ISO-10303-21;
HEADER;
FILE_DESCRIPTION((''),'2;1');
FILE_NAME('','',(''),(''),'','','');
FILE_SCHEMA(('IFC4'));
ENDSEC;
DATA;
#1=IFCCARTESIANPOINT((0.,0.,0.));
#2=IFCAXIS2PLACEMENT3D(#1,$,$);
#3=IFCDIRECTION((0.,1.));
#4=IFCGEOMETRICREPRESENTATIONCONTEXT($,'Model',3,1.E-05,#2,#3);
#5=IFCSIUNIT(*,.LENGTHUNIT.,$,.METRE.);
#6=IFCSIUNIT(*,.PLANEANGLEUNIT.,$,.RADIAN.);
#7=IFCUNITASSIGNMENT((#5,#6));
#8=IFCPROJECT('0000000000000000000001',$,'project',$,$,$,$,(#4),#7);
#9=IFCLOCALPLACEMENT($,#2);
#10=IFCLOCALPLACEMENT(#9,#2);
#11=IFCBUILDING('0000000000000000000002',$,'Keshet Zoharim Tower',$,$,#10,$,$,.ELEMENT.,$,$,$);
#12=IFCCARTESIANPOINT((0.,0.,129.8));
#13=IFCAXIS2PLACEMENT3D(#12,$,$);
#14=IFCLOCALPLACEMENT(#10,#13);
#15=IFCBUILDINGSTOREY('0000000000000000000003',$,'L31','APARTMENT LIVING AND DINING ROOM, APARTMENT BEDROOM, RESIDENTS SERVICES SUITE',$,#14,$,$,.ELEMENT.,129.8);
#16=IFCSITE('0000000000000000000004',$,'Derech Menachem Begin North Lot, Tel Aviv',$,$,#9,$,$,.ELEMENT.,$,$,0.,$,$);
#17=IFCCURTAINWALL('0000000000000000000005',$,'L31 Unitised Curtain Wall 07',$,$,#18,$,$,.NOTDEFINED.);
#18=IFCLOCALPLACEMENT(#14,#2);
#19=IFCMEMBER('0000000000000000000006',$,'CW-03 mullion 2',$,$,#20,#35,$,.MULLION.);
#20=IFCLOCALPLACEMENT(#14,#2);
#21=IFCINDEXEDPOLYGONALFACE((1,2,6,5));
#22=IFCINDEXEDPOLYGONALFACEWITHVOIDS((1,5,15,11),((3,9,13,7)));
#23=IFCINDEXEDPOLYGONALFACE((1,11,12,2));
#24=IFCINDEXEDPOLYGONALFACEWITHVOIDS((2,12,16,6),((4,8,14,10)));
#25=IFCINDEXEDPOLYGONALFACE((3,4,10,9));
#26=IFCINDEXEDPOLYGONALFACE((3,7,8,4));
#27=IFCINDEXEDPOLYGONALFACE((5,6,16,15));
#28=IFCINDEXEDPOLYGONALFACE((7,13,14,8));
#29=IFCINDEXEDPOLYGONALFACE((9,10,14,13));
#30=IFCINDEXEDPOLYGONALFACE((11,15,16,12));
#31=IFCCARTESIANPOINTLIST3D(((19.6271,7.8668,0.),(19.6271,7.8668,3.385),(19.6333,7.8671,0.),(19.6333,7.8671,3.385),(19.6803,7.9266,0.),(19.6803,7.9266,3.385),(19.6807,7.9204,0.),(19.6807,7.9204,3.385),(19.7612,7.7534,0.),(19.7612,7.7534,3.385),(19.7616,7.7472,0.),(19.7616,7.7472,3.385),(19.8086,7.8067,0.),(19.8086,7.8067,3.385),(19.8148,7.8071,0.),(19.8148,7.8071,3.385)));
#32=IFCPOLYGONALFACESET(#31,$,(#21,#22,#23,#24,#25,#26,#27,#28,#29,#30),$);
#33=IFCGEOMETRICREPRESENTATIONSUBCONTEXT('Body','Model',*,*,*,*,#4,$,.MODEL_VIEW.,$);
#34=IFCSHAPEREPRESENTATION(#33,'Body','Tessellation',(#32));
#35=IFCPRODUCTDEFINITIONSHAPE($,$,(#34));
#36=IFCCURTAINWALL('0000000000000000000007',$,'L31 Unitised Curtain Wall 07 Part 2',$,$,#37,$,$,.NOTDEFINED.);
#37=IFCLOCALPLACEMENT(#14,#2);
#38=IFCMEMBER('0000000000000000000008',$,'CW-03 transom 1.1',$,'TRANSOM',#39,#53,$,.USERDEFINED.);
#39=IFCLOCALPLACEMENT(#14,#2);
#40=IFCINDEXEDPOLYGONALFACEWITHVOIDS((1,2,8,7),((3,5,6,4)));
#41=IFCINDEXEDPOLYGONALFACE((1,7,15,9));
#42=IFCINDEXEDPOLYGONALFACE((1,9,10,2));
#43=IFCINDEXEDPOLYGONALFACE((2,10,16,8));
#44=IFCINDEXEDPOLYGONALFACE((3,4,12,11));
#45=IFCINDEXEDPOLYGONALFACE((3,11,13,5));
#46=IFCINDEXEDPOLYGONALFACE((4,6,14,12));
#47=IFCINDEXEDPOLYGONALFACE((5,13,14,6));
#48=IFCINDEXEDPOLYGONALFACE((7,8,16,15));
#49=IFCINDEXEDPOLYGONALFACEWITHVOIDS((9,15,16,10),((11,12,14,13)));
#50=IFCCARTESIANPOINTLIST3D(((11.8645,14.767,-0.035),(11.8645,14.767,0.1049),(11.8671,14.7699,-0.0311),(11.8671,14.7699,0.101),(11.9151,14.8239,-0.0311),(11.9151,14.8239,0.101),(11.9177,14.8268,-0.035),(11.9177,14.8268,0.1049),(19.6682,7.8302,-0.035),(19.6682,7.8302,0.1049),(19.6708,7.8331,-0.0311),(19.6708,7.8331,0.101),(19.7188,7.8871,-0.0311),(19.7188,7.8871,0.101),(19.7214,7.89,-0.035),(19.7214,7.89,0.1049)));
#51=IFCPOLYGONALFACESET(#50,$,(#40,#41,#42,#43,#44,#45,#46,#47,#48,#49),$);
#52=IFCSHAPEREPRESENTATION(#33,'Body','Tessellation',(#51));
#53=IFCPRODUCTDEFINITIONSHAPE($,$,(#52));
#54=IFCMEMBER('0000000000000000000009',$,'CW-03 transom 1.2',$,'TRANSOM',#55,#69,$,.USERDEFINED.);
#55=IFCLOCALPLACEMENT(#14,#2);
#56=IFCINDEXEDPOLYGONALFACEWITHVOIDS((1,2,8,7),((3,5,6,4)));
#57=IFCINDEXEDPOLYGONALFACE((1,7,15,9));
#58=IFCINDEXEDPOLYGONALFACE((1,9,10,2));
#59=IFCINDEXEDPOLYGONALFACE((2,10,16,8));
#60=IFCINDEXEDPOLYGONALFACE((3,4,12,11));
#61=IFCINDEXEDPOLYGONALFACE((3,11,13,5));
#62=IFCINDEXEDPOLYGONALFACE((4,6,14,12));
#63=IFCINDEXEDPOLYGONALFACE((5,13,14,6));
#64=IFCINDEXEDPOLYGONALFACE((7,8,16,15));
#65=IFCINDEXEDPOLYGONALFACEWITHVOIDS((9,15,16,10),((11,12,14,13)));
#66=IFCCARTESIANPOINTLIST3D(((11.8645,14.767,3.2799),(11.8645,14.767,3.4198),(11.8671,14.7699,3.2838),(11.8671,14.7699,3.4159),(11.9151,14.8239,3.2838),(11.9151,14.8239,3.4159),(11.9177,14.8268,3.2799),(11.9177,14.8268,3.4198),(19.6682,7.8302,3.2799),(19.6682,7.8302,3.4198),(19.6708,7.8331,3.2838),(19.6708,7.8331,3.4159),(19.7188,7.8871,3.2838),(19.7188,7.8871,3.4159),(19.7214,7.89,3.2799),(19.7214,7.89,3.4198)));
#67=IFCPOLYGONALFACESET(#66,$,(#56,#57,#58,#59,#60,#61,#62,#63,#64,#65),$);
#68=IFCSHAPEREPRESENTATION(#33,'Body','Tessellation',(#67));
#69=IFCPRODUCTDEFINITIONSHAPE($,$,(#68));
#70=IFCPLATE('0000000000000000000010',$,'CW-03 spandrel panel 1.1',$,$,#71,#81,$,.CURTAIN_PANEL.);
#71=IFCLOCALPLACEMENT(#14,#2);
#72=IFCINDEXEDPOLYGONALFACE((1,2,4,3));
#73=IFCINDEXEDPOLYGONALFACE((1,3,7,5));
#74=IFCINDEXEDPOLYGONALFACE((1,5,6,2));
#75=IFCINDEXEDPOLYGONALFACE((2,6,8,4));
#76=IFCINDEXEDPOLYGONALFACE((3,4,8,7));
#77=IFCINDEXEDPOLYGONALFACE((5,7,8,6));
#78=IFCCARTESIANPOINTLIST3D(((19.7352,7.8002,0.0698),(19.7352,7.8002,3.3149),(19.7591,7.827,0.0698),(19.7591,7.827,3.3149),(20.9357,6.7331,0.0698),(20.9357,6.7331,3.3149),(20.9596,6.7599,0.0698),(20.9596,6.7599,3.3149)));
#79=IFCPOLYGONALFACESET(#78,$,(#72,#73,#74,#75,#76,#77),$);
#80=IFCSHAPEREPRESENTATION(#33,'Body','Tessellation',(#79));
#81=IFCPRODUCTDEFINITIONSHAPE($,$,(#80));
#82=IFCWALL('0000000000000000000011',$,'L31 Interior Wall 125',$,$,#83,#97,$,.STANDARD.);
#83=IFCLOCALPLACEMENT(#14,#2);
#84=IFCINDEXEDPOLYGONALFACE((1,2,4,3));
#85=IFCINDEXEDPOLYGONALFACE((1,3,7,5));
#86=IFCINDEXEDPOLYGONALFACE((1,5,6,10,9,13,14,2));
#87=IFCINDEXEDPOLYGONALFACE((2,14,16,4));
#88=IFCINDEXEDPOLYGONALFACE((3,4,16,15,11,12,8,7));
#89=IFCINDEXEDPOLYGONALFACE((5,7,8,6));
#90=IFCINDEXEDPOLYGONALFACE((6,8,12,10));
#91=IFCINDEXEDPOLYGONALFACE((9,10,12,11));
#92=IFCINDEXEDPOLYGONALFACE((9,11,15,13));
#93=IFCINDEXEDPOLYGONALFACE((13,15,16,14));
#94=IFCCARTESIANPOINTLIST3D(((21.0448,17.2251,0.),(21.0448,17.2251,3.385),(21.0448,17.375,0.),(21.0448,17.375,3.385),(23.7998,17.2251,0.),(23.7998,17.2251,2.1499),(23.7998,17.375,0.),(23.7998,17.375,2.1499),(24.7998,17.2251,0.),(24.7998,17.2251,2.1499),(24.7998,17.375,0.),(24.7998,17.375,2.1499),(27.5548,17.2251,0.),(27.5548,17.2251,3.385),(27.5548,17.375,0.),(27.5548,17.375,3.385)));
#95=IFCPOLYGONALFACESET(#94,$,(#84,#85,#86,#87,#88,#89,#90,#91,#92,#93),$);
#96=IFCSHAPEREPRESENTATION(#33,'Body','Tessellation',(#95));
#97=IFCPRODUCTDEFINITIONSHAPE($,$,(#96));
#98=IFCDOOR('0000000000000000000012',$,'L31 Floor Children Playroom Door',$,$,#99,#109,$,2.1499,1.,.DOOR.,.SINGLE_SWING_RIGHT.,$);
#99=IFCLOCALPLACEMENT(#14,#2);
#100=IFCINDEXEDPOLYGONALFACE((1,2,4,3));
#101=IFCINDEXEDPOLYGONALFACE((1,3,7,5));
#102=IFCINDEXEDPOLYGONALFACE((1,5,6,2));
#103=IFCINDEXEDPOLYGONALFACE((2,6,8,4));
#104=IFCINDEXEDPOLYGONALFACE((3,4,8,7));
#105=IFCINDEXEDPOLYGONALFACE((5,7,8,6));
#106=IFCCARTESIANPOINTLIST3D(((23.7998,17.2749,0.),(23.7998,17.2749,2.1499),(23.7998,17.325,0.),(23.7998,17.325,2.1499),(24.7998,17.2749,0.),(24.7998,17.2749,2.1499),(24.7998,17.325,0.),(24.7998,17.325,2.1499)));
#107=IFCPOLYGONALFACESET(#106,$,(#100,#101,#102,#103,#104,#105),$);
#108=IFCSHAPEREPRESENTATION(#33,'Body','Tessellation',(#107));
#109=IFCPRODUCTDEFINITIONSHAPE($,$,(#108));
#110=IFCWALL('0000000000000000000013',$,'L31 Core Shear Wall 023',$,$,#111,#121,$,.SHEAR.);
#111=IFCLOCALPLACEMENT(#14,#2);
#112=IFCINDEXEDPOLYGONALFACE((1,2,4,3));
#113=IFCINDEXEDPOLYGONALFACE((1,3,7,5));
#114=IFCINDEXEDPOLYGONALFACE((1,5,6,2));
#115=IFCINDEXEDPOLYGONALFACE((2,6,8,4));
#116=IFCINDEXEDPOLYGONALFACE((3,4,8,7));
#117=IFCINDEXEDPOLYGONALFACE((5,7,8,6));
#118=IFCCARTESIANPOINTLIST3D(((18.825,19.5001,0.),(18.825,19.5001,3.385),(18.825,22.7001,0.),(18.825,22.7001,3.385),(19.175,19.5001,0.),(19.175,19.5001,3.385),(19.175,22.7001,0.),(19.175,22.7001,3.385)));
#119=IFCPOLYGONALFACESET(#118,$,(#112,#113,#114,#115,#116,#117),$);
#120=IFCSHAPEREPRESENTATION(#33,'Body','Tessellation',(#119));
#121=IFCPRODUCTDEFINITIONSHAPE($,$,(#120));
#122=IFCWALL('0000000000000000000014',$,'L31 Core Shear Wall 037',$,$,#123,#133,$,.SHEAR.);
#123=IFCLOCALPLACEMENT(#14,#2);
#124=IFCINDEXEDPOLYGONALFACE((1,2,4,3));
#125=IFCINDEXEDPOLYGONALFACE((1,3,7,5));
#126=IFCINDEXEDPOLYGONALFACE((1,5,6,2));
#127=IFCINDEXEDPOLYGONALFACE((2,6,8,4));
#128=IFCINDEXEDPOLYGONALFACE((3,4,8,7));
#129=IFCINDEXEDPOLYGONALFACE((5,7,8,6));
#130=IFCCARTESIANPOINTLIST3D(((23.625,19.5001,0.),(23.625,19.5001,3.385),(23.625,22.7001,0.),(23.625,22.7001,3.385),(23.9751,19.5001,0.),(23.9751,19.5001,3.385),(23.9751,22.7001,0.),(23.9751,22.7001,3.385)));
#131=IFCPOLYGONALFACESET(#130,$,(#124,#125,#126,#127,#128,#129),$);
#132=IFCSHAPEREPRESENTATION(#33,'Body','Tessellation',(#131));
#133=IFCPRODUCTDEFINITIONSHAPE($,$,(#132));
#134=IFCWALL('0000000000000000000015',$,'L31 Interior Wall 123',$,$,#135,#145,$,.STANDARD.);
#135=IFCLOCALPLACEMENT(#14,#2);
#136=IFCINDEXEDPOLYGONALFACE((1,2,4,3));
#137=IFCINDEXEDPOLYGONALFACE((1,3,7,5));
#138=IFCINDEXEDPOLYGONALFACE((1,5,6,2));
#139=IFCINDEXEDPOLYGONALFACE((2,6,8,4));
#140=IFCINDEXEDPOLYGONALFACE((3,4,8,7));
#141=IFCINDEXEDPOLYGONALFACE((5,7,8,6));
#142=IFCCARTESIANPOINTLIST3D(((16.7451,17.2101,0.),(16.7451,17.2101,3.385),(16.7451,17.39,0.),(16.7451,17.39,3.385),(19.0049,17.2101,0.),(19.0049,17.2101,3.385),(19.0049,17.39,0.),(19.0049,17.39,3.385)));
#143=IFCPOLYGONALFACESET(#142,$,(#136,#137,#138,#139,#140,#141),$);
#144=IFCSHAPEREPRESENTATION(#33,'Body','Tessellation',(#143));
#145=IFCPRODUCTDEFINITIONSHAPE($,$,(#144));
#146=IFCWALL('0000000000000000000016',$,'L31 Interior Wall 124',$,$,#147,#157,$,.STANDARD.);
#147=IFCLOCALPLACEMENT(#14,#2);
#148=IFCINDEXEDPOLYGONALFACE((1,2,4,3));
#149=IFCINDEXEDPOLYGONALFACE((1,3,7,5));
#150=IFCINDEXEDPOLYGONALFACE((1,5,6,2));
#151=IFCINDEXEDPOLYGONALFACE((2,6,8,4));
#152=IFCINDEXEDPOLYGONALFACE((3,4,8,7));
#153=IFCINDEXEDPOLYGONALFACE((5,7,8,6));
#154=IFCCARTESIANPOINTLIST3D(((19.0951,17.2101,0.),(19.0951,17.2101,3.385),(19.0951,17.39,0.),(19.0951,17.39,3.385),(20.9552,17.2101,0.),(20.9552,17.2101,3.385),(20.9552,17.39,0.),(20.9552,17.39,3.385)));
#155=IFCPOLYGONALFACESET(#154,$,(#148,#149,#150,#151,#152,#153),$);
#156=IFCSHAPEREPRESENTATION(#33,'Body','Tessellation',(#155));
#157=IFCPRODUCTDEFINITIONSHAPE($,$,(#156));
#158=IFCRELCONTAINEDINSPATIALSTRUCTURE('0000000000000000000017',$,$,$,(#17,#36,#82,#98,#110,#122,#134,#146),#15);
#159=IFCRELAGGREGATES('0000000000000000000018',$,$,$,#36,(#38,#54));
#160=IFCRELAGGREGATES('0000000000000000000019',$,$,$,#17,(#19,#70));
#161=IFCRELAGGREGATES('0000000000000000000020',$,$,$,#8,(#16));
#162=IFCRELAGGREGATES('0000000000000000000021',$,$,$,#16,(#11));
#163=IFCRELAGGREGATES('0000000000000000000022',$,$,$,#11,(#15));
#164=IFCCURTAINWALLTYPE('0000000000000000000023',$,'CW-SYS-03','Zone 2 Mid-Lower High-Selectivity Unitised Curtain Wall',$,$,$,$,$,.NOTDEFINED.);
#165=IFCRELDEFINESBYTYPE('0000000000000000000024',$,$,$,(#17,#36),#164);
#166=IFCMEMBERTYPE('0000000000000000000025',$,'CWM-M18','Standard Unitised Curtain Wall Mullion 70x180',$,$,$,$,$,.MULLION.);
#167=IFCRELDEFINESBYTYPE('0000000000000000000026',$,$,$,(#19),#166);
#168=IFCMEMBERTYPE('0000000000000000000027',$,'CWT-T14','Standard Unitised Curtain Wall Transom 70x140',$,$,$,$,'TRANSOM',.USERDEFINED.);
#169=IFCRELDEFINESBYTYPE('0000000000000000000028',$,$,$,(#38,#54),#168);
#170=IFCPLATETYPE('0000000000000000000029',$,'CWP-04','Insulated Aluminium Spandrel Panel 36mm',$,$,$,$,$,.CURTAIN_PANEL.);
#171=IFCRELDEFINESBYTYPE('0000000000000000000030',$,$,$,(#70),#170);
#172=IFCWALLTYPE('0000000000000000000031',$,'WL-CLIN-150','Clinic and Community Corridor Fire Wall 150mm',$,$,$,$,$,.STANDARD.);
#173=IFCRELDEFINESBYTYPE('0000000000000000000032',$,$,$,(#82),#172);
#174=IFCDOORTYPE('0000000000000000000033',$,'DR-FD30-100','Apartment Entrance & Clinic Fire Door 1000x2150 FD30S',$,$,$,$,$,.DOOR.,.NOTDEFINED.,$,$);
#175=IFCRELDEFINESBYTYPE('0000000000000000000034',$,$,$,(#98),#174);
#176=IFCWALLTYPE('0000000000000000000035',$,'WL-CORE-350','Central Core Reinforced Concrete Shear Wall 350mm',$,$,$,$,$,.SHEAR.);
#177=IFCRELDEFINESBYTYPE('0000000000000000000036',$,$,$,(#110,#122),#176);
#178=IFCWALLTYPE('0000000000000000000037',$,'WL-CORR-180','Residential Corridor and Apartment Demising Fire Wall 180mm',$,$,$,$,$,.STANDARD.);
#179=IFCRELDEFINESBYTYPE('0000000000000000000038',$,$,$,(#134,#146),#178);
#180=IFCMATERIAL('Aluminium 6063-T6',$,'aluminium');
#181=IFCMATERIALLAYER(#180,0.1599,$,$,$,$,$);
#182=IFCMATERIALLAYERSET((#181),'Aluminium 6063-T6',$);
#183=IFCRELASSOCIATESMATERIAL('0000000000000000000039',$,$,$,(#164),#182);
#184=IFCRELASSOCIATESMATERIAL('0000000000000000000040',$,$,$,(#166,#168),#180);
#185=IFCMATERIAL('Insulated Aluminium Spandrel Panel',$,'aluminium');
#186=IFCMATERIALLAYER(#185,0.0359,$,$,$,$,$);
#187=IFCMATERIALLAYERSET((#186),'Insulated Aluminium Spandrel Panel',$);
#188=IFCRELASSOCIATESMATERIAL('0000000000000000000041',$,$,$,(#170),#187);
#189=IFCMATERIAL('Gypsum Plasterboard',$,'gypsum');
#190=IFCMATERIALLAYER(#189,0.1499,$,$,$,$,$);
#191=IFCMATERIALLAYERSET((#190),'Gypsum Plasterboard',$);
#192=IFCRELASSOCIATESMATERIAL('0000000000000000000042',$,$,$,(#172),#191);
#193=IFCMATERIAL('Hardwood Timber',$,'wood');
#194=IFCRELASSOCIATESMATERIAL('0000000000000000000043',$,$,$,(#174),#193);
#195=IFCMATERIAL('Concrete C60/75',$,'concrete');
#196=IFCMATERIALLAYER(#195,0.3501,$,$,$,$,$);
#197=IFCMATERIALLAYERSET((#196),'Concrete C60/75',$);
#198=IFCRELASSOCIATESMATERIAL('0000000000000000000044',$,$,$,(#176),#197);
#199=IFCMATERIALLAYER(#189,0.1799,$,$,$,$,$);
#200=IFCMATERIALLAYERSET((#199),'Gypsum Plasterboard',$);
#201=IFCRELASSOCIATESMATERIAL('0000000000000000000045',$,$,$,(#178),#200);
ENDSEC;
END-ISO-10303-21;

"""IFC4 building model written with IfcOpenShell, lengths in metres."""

from ifc_helpers import new_model, si_unit, direction, frame, frame_2d, origin, origin_2d, place, context, subcontext, project, spatial, rectangle, hollow_rectangle, extrude, material, layer, layer_set, material_profile, profile_set, type_object, element, fill, aggregate, save


model = new_model("IFC4")

# Units and contexts
model_context = context("Model", 3, precision=1e-05, world=origin(), true_north=direction((0.0, 1.0)))
body_context = subcontext(model_context, "Body", "Model", "MODEL_VIEW")
ifc_project = project(units=[si_unit("LENGTHUNIT", "METRE"), si_unit("PLANEANGLEUNIT", "RADIAN")], contexts=[model_context])

# Site, building, storey
site_placement = place(None, origin())
site = spatial("IfcSite", under=ifc_project, at=site_placement, Name="Derech Menachem Begin North Lot, Tel Aviv", CompositionType="ELEMENT", RefElevation=0.0)
building_placement = place(site_placement, origin())
building = spatial("IfcBuilding", under=site, at=building_placement, Name="Keshet Zoharim Tower", CompositionType="ELEMENT")
storey_placement = place(building_placement, frame((0.0, 0.0, 129.8)))
storey = spatial("IfcBuildingStorey", under=building, at=storey_placement, Name="L31", Description="APARTMENT LIVING AND DINING ROOM, APARTMENT BEDROOM, RESIDENTS SERVICES SUITE", CompositionType="ELEMENT", Elevation=129.8)

# Curtain wall, member
ifc_material_1 = material(Name="Aluminium 6063-T6", Category="aluminium")
ifc_layer_1 = layer(ifc_material_1, 0.1599)
ifc_layer_set_1 = layer_set([ifc_layer_1], Name="Aluminium 6063-T6")
curtain_wall_type = type_object("IfcCurtainWallType", Name="CW-SYS-03", Description="Zone 2 Mid-Lower High-Selectivity Unitised Curtain Wall", PredefinedType="NOTDEFINED", material=ifc_layer_set_1)
curtain_wall_1_placement = place(storey_placement, origin())
curtain_wall_1 = element("IfcCurtainWall", 1, at=curtain_wall_1_placement, inside=storey, type_object=curtain_wall_type, Name="L31 Unitised Curtain Wall 07", PredefinedType="NOTDEFINED")
ifc_material_profile_1 = material_profile(ifc_material_1, hollow_rectangle(XDim=0.0801, YDim=0.1799, WallThickness=0.0044, at=origin_2d()), Name="MUL-80x180")
ifc_profile_set_1 = profile_set([ifc_material_profile_1], Name="Aluminium 6063-T6")
member_type_1 = type_object("IfcMemberType", Name="CWM-M18", Description="Standard Unitised Curtain Wall Mullion 70x180", PredefinedType="MULLION", material=ifc_profile_set_1)
member_1_placement = place(storey_placement, frame((19.7209, 7.8369, 0.0), z_axis=(0.0, 0.0, 1.0), x_axis=(-0.664367, -0.747406, 0.0)))
member_1 = element("IfcMember", 2, at=member_1_placement, type_object=member_type_1, Name="CW-03 mullion 2", PredefinedType="MULLION", context=body_context, shape_type="SweptSolid", body=[
    extrude(hollow_rectangle(XDim=0.0801, YDim=0.1799, WallThickness=0.0044, at=origin_2d()), origin(), (0.0, 0.0, 1.0), 3.385),
])

# Curtain wall, members
curtain_wall_2_placement = place(storey_placement, origin())
curtain_wall_2 = element("IfcCurtainWall", 3, at=curtain_wall_2_placement, inside=storey, type_object=curtain_wall_type, Name="L31 Unitised Curtain Wall 07 Part 2", PredefinedType="NOTDEFINED")
ifc_material_profile_2 = material_profile(ifc_material_1, hollow_rectangle(XDim=0.0801, YDim=0.1399, WallThickness=0.0039, at=origin_2d()), Name="TRN-80x140")
ifc_profile_set_2 = profile_set([ifc_material_profile_2], Name="Aluminium 6063-T6")
member_type_2 = type_object("IfcMemberType", Name="CWT-T14", Description="Standard Unitised Curtain Wall Transom 70x140", ElementType="TRANSOM", PredefinedType="USERDEFINED", material=ifc_profile_set_2)
member_2_placement = place(storey_placement, frame((19.6948, 7.8601, 0.0349), z_axis=(-0.747403, 0.664371, 0.0), x_axis=(-0.664371, -0.747403, 0.0)))
member_2 = element("IfcMember", 4, at=member_2_placement, type_object=member_type_2, Name="CW-03 transom 1.1", ObjectType="TRANSOM", PredefinedType="USERDEFINED", context=body_context, shape_type="SweptSolid", body=[
    extrude(hollow_rectangle(XDim=0.0801, YDim=0.1399, WallThickness=0.0039, at=origin_2d()), origin(), (0.0, 0.0, 1.0), 10.4412),
])
member_3_placement = place(storey_placement, frame((19.6948, 7.8601, 3.3499), z_axis=(-0.747403, 0.664371, 0.0), x_axis=(-0.664371, -0.747403, 0.0)))
member_3 = element("IfcMember", 5, at=member_3_placement, type_object=member_type_2, Name="CW-03 transom 1.2", ObjectType="TRANSOM", PredefinedType="USERDEFINED", context=body_context, shape_type="SweptSolid", body=[
    extrude(hollow_rectangle(XDim=0.0801, YDim=0.1399, WallThickness=0.0039, at=origin_2d()), origin(), (0.0, 0.0, 1.0), 10.4412),
])
aggregate(curtain_wall_2, [member_2, member_3])

# Plate
ifc_material_2 = material(Name="Insulated Aluminium Spandrel Panel", Category="aluminium")
ifc_layer_2 = layer(ifc_material_2, 0.0359)
ifc_layer_set_2 = layer_set([ifc_layer_2], Name="Insulated Aluminium Spandrel Panel")
plate_type = type_object("IfcPlateType", Name="CWP-04", Description="Insulated Aluminium Spandrel Panel 36mm", PredefinedType="CURTAIN_PANEL", material=ifc_layer_set_2)
plate_placement = place(storey_placement, frame((20.3474, 7.28, 0.0698), z_axis=(0.0, 0.0, 1.0), x_axis=(-0.747406, 0.664367, 0.0)))
plate = element("IfcPlate", 6, at=plate_placement, type_object=plate_type, Name="CW-03 spandrel panel 1.1", PredefinedType="CURTAIN_PANEL", context=body_context, shape_type="SweptSolid", body=[
    extrude(rectangle(XDim=1.6062, YDim=0.0359, at=origin_2d()), origin(), (0.0, 0.0, 1.0), 3.2451),
])
aggregate(curtain_wall_1, [member_1, plate])

# Wall, opening, door
ifc_material_3 = material(Name="Gypsum Plasterboard", Category="gypsum")
ifc_layer_3 = layer(ifc_material_3, 0.1499)
ifc_layer_set_3 = layer_set([ifc_layer_3], Name="Gypsum Plasterboard")
wall_type_1 = type_object("IfcWallType", Name="WL-CLIN-150", Description="Clinic and Community Corridor Fire Wall 150mm", PredefinedType="STANDARD", material=ifc_layer_set_3)
wall_1_placement = place(storey_placement, frame((21.0449, 17.3, 0.0), z_axis=(0.0, 0.0, 1.0), x_axis=(1.0, 0.0, 0.0)))
wall_1 = element("IfcWall", 7, at=wall_1_placement, inside=storey, type_object=wall_type_1, Name="L31 Interior Wall 125", PredefinedType="STANDARD", context=body_context, shape_type="SweptSolid", body=[
    extrude(rectangle(XDim=6.51, YDim=0.1499, at=frame_2d((3.2549, 0.0))), origin(), (0.0, 0.0, 1.0), 3.385),
])
opening_1_placement = place(wall_1_placement, frame((2.7549, 0.0, 0.0)))
opening_1 = element("IfcOpeningElement", 8, at=opening_1_placement, cuts=wall_1, PredefinedType="OPENING", context=body_context, shape_type="SweptSolid", body=[
    extrude(rectangle(XDim=1.0, YDim=2.1499, at=frame_2d((0.5, 1.075))), frame((0.0, 0.085, 0.0), z_axis=(0.0, -1.0, 0.0), x_axis=(1.0, 0.0, 0.0)), (0.0, 0.0, 1.0), 0.1699),
])
ifc_material_4 = material(Name="Hardwood Timber", Category="wood")
door_type_1 = type_object("IfcDoorType", Name="DR-FD30-100", Description="Apartment Entrance & Clinic Fire Door 1000x2150 FD30S", OperationType="NOTDEFINED", PredefinedType="DOOR", material=ifc_material_4)
door_1_placement = place(opening_1_placement, origin())
door_1 = element("IfcDoor", 9, at=door_1_placement, inside=storey, type_object=door_type_1, Name="L31 Floor Children Playroom Door", OperationType="SINGLE_SWING_RIGHT", OverallHeight=2.1499, OverallWidth=1.0, PredefinedType="DOOR", context=body_context, shape_type="SweptSolid", body=[
    extrude(rectangle(XDim=1.0, YDim=2.1499, at=frame_2d((0.5, 1.075))), frame((0.0, 0.0249, 0.0), z_axis=(0.0, -1.0, 0.0), x_axis=(1.0, 0.0, 0.0)), (0.0, 0.0, 1.0), 0.05),
])
fill(opening_1, door_1)

# Walls
ifc_material_5 = material(Name="Concrete C60/75", Category="concrete")
ifc_layer_4 = layer(ifc_material_5, 0.3501)
ifc_layer_set_4 = layer_set([ifc_layer_4], Name="Concrete C60/75")
wall_type_2 = type_object("IfcWallType", Name="WL-CORE-350", Description="Central Core Reinforced Concrete Shear Wall 350mm", PredefinedType="SHEAR", material=ifc_layer_set_4)
for number, where, z_axis, x_axis, name in (
    (10, (19.0, 19.5, 0.0), (0.0, 0.0, 1.0), (0.0, 1.0, 0.0), "L31 Core Shear Wall 023"),
    (11, (23.8, 19.5, 0.0), (0.0, 0.0, 1.0), (0.0, 1.0, 0.0), "L31 Core Shear Wall 037"),
):
    element("IfcWall", number, at=place(storey_placement, frame(where, z_axis=z_axis, x_axis=x_axis)), inside=storey, type_object=wall_type_2, Name=name, PredefinedType="SHEAR", context=body_context, shape_type="SweptSolid", body=[
        extrude(rectangle(XDim=3.2, YDim=0.3501, at=frame_2d((1.6001, 0.0))), origin(), (0.0, 0.0, 1.0), 3.385),
    ])
ifc_layer_5 = layer(ifc_material_3, 0.1799)
ifc_layer_set_5 = layer_set([ifc_layer_5], Name="Gypsum Plasterboard")
wall_type_3 = type_object("IfcWallType", Name="WL-CORR-180", Description="Residential Corridor and Apartment Demising Fire Wall 180mm", PredefinedType="STANDARD", material=ifc_layer_set_5)
wall_2_placement = place(storey_placement, frame((16.7451, 17.3, 0.0), z_axis=(0.0, 0.0, 1.0), x_axis=(1.0, 0.0, 0.0)))
element("IfcWall", 12, at=wall_2_placement, inside=storey, type_object=wall_type_3, Name="L31 Interior Wall 123", PredefinedType="STANDARD", context=body_context, shape_type="SweptSolid", body=[
    extrude(rectangle(XDim=2.2598, YDim=0.1799, at=frame_2d((1.1299, 0.0))), origin(), (0.0, 0.0, 1.0), 3.385),
])
wall_3_placement = place(storey_placement, frame((19.095, 17.3, 0.0), z_axis=(0.0, 0.0, 1.0), x_axis=(1.0, 0.0, 0.0)))
element("IfcWall", 13, at=wall_3_placement, inside=storey, type_object=wall_type_3, Name="L31 Interior Wall 124", PredefinedType="STANDARD", context=body_context, shape_type="SweptSolid", body=[
    extrude(rectangle(XDim=1.8601, YDim=0.1799, at=frame_2d((0.9302, 0.0))), origin(), (0.0, 0.0, 1.0), 3.385),
])

save(model, "model.ifc")
